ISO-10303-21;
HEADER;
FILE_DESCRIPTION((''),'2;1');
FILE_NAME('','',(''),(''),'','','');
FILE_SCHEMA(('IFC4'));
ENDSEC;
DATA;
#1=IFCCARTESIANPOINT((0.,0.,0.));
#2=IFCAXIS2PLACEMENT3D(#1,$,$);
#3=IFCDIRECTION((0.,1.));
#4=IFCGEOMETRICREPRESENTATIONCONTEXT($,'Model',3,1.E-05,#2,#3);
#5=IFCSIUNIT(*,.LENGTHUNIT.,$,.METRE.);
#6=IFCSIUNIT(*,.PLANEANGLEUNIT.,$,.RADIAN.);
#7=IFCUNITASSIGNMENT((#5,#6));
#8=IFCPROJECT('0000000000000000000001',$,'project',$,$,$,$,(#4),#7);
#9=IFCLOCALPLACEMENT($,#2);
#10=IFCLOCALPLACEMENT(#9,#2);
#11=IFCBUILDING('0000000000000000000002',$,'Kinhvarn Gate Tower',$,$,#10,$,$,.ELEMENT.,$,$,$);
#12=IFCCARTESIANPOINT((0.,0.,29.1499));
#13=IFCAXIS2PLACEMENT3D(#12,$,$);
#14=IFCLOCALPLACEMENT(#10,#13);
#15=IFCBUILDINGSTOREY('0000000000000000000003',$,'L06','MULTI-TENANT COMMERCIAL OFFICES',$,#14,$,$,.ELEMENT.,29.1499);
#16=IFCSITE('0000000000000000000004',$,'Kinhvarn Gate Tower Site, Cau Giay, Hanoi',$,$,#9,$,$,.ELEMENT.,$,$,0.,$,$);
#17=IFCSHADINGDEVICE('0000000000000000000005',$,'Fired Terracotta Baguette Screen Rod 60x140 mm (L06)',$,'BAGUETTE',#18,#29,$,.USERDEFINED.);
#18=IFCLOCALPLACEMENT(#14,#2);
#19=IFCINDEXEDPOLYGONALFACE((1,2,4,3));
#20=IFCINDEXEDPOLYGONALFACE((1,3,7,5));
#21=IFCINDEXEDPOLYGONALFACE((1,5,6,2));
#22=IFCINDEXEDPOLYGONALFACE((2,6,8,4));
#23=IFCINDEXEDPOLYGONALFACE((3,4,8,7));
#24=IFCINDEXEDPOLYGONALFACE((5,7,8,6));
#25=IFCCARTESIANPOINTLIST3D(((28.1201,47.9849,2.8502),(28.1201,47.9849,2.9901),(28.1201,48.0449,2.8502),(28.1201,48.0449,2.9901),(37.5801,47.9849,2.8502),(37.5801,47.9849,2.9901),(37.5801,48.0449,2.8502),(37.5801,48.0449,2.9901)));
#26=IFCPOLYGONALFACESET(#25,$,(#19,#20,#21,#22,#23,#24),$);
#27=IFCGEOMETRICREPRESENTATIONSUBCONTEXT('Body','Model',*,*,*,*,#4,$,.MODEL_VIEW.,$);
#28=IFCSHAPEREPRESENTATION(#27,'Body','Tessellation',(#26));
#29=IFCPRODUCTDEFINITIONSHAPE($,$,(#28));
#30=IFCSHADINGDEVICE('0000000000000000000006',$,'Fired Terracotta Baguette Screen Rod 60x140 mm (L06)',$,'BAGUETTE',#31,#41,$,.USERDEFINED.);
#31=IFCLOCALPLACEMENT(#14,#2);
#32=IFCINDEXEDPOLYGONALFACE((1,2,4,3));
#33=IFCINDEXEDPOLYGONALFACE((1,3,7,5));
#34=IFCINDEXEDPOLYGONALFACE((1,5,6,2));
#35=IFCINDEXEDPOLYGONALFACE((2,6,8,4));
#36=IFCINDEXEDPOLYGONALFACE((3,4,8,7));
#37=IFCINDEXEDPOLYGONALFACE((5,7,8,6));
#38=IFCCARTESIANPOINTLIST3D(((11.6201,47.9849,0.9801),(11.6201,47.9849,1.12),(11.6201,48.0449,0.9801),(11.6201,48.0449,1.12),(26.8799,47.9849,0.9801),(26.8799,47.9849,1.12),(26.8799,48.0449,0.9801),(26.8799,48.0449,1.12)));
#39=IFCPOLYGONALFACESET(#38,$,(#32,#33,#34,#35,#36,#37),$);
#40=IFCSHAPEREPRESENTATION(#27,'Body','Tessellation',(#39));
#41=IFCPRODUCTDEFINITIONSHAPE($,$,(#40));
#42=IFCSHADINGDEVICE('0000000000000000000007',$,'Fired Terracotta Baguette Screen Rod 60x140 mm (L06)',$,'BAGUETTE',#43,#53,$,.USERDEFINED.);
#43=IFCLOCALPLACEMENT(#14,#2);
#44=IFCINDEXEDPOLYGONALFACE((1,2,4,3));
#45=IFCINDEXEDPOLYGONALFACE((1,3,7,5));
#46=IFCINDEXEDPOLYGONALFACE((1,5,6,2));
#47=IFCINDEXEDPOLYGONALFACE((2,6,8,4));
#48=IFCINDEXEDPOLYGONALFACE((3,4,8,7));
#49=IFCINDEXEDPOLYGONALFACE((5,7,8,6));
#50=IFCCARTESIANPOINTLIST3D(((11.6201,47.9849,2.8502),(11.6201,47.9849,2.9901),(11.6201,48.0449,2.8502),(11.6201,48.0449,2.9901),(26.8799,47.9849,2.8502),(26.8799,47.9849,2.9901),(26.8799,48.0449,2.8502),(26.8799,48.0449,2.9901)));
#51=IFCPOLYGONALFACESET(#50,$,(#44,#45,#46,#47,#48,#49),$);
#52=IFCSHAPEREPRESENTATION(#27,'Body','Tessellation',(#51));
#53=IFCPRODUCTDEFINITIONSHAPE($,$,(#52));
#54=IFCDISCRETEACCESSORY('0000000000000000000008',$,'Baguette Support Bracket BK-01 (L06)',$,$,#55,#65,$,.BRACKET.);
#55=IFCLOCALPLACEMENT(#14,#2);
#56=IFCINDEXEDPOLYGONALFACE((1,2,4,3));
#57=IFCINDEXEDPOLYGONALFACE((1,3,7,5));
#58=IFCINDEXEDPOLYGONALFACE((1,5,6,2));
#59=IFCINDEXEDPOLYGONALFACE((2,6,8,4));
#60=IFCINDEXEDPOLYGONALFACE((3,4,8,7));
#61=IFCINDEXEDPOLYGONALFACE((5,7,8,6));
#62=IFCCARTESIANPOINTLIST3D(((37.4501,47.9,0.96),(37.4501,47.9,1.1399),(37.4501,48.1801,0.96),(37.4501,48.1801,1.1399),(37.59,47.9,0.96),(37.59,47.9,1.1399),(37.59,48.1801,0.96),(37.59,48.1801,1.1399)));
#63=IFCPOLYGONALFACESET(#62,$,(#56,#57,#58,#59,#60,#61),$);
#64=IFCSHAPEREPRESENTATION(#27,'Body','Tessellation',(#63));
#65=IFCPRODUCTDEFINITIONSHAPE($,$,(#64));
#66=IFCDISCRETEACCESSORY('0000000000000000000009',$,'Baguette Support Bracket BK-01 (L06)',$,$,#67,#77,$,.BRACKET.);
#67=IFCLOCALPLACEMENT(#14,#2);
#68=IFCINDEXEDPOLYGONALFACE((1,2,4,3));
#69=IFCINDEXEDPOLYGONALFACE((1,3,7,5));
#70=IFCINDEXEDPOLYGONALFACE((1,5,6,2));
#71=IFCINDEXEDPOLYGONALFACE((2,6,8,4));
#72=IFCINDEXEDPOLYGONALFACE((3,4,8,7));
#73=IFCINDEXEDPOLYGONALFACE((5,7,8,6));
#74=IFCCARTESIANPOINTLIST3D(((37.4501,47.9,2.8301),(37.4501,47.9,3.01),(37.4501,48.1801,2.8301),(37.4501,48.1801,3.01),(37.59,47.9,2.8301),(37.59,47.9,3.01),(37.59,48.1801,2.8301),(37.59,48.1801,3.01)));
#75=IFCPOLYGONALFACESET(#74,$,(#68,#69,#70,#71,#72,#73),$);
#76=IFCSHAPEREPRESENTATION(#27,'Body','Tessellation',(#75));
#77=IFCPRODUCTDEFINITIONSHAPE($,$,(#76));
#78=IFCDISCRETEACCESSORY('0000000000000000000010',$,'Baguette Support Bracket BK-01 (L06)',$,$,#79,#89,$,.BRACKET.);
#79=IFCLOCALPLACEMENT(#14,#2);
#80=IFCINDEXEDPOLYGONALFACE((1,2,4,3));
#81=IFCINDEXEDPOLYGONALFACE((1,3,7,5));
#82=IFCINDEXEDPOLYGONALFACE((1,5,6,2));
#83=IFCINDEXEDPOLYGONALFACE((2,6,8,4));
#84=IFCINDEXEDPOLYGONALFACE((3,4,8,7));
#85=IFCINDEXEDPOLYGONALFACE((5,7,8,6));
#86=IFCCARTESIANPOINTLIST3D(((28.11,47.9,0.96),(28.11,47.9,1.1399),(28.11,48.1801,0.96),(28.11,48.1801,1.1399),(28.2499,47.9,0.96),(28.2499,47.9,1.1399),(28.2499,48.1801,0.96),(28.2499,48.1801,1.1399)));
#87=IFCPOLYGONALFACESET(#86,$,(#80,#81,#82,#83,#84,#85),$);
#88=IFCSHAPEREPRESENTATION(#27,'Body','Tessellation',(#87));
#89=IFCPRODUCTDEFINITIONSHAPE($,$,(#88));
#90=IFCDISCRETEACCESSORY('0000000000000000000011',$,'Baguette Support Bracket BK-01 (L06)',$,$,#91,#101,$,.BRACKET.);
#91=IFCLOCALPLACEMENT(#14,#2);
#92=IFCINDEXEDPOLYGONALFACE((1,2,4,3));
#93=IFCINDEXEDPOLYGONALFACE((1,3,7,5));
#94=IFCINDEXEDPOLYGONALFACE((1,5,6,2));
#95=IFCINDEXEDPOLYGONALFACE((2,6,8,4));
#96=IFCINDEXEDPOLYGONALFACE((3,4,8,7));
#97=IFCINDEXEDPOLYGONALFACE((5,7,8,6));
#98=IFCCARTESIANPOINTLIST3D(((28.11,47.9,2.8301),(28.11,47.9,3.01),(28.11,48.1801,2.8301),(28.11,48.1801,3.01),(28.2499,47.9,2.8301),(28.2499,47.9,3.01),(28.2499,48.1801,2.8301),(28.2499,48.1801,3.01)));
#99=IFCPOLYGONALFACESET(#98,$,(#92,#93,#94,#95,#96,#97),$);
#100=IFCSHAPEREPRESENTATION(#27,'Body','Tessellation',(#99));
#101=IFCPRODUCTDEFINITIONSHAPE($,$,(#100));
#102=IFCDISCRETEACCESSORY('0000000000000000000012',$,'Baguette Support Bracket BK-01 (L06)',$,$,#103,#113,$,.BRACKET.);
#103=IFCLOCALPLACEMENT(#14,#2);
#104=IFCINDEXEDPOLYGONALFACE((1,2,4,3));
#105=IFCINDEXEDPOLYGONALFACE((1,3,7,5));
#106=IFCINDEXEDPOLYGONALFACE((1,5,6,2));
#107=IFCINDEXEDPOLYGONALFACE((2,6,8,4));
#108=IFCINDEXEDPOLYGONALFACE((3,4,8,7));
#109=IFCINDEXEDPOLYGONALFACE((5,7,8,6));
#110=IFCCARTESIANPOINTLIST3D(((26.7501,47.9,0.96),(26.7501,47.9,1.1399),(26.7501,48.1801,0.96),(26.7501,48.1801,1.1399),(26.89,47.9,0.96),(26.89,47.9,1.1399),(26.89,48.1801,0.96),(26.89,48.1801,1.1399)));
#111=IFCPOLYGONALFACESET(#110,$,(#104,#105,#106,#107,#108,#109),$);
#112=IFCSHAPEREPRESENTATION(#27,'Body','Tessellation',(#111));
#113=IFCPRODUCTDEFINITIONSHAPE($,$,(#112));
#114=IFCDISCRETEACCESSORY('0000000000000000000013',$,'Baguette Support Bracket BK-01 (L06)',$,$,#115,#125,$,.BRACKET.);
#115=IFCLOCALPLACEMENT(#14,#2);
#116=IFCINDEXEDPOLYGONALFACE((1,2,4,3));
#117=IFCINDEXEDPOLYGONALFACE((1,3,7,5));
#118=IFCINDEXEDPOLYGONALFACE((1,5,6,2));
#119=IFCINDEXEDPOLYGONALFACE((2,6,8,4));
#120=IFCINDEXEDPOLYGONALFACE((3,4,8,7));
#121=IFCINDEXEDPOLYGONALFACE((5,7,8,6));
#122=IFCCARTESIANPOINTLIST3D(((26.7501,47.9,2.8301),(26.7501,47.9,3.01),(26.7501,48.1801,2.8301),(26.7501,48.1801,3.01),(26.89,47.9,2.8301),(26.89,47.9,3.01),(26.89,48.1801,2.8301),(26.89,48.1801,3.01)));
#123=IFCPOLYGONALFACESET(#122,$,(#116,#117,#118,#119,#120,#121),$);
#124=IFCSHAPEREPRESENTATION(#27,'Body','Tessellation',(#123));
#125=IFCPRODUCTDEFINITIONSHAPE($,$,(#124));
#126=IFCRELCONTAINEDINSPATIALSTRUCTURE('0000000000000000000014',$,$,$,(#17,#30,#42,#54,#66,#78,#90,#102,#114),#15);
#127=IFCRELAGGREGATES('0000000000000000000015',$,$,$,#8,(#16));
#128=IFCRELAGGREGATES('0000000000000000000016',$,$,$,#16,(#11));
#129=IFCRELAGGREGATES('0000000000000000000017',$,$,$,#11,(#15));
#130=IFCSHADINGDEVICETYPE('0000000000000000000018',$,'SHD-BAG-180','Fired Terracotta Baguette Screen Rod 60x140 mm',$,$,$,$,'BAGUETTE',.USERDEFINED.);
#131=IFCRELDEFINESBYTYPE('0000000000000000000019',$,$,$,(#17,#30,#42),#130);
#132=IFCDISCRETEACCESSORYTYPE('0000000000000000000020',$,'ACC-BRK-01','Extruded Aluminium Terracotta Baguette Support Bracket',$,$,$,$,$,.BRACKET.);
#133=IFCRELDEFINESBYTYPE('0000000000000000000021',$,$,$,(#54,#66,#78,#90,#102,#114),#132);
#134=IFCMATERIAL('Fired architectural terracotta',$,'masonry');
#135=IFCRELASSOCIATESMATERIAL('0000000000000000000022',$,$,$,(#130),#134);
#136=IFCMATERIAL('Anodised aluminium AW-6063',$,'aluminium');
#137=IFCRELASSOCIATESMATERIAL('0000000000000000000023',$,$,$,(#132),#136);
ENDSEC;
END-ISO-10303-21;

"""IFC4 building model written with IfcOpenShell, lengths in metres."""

from ifc_helpers import new_model, si_unit, direction, frame, origin, origin_2d, place, context, subcontext, project, spatial, rectangle, extrude, material, material_profile, profile_set, type_object, element, save


model = new_model("IFC4")

# Units and contexts
model_context = context("Model", 3, precision=1e-05, world=origin(), true_north=direction((0.0, 1.0)))
body_context = subcontext(model_context, "Body", "Model", "MODEL_VIEW")
ifc_project = project(units=[si_unit("LENGTHUNIT", "METRE"), si_unit("PLANEANGLEUNIT", "RADIAN")], contexts=[model_context])

# Site, building, storey
site_placement = place(None, origin())
site = spatial("IfcSite", under=ifc_project, at=site_placement, Name="Kinhvarn Gate Tower Site, Cau Giay, Hanoi", CompositionType="ELEMENT", RefElevation=0.0)
building_placement = place(site_placement, origin())
building = spatial("IfcBuilding", under=site, at=building_placement, Name="Kinhvarn Gate Tower", CompositionType="ELEMENT")
storey_placement = place(building_placement, frame((0.0, 0.0, 29.1499)))
storey = spatial("IfcBuildingStorey", under=building, at=storey_placement, Name="L06", Description="MULTI-TENANT COMMERCIAL OFFICES", CompositionType="ELEMENT", Elevation=29.1499)

# Shared definitions
ifc_material_1 = material(Name="Anodised aluminium AW-6063", Category="aluminium")

# Shading devices
ifc_material_2 = material(Name="Fired architectural terracotta", Category="masonry")
ifc_material_profile_1 = material_profile(ifc_material_2, rectangle(XDim=0.0601, YDim=0.1399, at=origin_2d()), Name="TC 60x140")
ifc_profile_set_1 = profile_set([ifc_material_profile_1], Name="Fired architectural terracotta")
shading_device_type = type_object("IfcShadingDeviceType", Name="SHD-BAG-180", Description="Fired Terracotta Baguette Screen Rod 60x140 mm", ElementType="BAGUETTE", PredefinedType="USERDEFINED", material=ifc_profile_set_1)
for number, where, z_axis, x_axis, name in (
    (1, (37.5801, 48.0149, 2.9202), (-1.0, 0.0, 0.0), (0.0, -1.0, 0.0), "Fired Terracotta Baguette Screen Rod 60x140 mm (L06)"),
):
    element("IfcShadingDevice", number, at=place(storey_placement, frame(where, z_axis=z_axis, x_axis=x_axis)), inside=storey, type_object=shading_device_type, Name=name, ObjectType="BAGUETTE", PredefinedType="USERDEFINED", context=body_context, shape_type="SweptSolid", body=[
        extrude(rectangle(XDim=0.0601, YDim=0.1399, at=origin_2d()), origin(), (0.0, 0.0, 1.0), 9.46),
    ])
for number, where, z_axis, x_axis, name in (
    (2, (26.8799, 48.0149, 1.05), (-1.0, 0.0, 0.0), (0.0, -1.0, 0.0), "Fired Terracotta Baguette Screen Rod 60x140 mm (L06)"),
    (3, (26.8799, 48.0149, 2.9202), (-1.0, 0.0, 0.0), (0.0, -1.0, 0.0), "Fired Terracotta Baguette Screen Rod 60x140 mm (L06)"),
):
    element("IfcShadingDevice", number, at=place(storey_placement, frame(where, z_axis=z_axis, x_axis=x_axis)), inside=storey, type_object=shading_device_type, Name=name, ObjectType="BAGUETTE", PredefinedType="USERDEFINED", context=body_context, shape_type="SweptSolid", body=[
        extrude(rectangle(XDim=0.0601, YDim=0.1399, at=origin_2d()), origin(), (0.0, 0.0, 1.0), 15.2598),
    ])

# Discrete accessories
discrete_accessory_type = type_object("IfcDiscreteAccessoryType", Name="ACC-BRK-01", Description="Extruded Aluminium Terracotta Baguette Support Bracket", PredefinedType="BRACKET", material=ifc_material_1)
for number, where, z_axis, x_axis, name in (
    (4, (37.52, 48.04, 0.96), (0.0, 0.0, 1.0), (-1.0, 0.0, 0.0), "Baguette Support Bracket BK-01 (L06)"),
    (5, (37.52, 48.04, 2.8301), (0.0, 0.0, 1.0), (-1.0, 0.0, 0.0), "Baguette Support Bracket BK-01 (L06)"),
    (6, (28.1799, 48.04, 0.96), (0.0, 0.0, 1.0), (-1.0, 0.0, 0.0), "Baguette Support Bracket BK-01 (L06)"),
    (7, (28.1799, 48.04, 2.8301), (0.0, 0.0, 1.0), (-1.0, 0.0, 0.0), "Baguette Support Bracket BK-01 (L06)"),
    (8, (26.8201, 48.04, 0.96), (0.0, 0.0, 1.0), (-1.0, 0.0, 0.0), "Baguette Support Bracket BK-01 (L06)"),
    (9, (26.8201, 48.04, 2.8301), (0.0, 0.0, 1.0), (-1.0, 0.0, 0.0), "Baguette Support Bracket BK-01 (L06)"),
):
    element("IfcDiscreteAccessory", number, at=place(storey_placement, frame(where, z_axis=z_axis, x_axis=x_axis)), inside=storey, type_object=discrete_accessory_type, Name=name, PredefinedType="BRACKET", context=body_context, shape_type="SweptSolid", body=[
        extrude(rectangle(XDim=0.1399, YDim=0.28, at=origin_2d()), origin(), (0.0, 0.0, 1.0), 0.1799),
    ])

save(model, "model.ifc")
